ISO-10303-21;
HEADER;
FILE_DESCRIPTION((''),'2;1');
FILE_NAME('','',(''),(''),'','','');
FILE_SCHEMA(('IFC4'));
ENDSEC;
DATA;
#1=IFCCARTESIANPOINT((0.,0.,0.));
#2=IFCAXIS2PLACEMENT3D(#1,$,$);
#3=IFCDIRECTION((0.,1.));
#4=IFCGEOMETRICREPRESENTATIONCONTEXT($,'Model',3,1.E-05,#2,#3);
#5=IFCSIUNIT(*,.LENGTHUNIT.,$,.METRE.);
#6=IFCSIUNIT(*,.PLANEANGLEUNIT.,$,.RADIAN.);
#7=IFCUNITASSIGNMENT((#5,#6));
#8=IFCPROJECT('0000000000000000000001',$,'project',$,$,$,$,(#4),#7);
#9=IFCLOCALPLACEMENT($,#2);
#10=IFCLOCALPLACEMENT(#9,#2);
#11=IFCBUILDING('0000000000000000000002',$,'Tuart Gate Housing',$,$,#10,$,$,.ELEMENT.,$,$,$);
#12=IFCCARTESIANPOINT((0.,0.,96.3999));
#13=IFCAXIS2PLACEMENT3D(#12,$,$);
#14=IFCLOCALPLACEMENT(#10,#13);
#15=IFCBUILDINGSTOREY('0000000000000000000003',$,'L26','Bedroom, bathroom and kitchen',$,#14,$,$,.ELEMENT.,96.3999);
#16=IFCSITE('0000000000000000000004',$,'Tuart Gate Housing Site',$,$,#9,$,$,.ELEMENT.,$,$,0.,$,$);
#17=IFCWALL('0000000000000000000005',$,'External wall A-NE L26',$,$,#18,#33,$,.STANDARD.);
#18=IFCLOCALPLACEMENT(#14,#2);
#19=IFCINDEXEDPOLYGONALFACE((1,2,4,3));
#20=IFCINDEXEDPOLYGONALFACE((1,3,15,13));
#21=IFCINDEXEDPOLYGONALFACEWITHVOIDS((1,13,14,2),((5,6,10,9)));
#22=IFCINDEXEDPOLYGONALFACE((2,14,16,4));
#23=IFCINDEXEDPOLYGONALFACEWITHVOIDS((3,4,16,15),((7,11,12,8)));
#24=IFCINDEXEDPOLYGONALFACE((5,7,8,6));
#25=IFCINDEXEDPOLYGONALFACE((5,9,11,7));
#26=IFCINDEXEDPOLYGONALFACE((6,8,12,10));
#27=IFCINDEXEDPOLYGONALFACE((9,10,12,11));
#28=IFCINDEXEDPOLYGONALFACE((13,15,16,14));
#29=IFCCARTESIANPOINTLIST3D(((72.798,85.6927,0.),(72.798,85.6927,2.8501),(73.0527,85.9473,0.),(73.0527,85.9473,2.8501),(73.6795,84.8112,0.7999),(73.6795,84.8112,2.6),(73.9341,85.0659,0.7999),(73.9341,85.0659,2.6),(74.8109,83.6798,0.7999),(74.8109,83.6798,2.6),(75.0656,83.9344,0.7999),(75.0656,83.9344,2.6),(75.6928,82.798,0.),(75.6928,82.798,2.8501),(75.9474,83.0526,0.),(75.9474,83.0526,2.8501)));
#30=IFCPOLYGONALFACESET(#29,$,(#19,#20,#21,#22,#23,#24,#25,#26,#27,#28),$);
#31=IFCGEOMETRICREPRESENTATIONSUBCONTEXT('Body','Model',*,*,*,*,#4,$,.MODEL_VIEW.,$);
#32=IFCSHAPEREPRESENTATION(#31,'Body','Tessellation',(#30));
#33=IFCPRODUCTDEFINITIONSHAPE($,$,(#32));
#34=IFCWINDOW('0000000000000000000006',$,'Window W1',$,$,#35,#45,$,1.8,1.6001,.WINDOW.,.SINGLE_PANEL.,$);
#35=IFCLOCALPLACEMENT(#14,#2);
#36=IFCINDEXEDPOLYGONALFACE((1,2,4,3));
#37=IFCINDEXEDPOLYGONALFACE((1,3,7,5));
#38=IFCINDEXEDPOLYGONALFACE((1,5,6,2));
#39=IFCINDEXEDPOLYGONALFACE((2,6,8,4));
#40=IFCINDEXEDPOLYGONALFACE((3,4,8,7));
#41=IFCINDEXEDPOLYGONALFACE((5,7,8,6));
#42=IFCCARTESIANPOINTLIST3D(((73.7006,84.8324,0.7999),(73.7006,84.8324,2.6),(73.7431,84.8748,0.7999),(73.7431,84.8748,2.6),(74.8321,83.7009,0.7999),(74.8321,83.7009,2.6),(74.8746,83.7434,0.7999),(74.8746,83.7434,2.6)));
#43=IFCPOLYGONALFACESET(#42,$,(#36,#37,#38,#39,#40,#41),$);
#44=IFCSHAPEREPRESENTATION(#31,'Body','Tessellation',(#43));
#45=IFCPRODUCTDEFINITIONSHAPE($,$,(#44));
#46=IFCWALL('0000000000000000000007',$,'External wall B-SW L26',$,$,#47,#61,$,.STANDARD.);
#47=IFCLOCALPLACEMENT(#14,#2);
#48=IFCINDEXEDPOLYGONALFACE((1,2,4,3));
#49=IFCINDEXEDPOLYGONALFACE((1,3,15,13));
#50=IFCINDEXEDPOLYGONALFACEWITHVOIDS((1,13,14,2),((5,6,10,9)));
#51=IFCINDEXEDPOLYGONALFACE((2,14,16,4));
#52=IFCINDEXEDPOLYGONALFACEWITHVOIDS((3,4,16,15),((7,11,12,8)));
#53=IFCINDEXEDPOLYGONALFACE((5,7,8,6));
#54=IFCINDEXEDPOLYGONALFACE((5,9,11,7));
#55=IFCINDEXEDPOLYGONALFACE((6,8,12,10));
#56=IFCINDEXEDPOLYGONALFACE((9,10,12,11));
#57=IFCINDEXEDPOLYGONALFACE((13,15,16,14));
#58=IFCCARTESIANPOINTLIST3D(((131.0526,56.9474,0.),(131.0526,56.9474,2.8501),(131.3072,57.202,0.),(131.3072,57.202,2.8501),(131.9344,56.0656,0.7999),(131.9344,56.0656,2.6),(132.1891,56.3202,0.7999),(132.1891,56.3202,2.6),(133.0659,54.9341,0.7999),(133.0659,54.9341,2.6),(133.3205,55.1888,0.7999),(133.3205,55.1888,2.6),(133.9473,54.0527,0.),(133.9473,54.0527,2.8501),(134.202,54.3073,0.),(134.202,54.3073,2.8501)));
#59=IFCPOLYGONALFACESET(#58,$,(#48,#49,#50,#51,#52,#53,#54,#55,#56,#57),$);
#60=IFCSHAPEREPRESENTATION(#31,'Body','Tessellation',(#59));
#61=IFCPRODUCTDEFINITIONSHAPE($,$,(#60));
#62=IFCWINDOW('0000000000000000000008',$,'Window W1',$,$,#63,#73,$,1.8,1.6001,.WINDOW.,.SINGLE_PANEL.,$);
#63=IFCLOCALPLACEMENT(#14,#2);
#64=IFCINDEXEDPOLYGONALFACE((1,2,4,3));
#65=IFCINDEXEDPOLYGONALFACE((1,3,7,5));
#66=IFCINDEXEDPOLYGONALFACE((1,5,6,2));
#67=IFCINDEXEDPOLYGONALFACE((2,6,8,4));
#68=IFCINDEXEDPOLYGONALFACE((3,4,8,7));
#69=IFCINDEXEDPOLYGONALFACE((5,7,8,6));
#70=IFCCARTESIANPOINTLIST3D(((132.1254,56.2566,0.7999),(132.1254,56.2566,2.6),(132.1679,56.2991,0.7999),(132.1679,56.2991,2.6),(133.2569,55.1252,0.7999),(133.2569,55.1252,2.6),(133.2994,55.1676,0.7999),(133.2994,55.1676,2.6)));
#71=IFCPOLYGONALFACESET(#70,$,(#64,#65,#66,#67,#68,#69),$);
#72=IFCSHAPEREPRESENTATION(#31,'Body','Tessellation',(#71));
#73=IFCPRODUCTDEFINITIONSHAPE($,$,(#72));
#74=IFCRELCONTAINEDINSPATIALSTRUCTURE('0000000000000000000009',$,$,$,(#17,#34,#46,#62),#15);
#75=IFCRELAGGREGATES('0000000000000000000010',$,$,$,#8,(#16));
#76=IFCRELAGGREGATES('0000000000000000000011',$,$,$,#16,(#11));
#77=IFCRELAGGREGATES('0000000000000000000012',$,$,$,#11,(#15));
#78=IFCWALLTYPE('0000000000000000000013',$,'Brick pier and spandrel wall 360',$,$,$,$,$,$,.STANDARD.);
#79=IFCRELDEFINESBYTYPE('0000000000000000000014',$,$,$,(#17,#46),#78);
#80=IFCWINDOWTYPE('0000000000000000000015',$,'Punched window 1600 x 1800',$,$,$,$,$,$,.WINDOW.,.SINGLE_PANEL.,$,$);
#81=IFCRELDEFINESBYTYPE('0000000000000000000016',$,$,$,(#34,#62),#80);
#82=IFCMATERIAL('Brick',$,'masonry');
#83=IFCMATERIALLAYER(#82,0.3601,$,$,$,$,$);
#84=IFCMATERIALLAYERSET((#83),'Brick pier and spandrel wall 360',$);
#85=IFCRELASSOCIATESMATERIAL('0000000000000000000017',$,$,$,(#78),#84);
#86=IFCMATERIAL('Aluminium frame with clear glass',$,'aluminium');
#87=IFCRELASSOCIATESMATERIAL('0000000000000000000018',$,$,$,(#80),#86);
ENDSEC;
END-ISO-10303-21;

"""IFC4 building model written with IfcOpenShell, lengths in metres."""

from ifc_helpers import new_model, si_unit, direction, frame, frame_2d, origin, place, context, subcontext, project, spatial, rectangle, extrude, material, layer, layer_set, type_object, element, fill, save


model = new_model("IFC4")

# Units and contexts
model_context = context("Model", 3, precision=1e-05, world=origin(), true_north=direction((0.0, 1.0)))
body_context = subcontext(model_context, "Body", "Model", "MODEL_VIEW")
ifc_project = project(units=[si_unit("LENGTHUNIT", "METRE"), si_unit("PLANEANGLEUNIT", "RADIAN")], contexts=[model_context])

# Site, building, storey
site_placement = place(None, origin())
site = spatial("IfcSite", under=ifc_project, at=site_placement, Name="Tuart Gate Housing Site", CompositionType="ELEMENT", RefElevation=0.0)
building_placement = place(site_placement, origin())
building = spatial("IfcBuilding", under=site, at=building_placement, Name="Tuart Gate Housing", CompositionType="ELEMENT")
storey_placement = place(building_placement, frame((0.0, 0.0, 96.3999)))
storey = spatial("IfcBuildingStorey", under=building, at=storey_placement, Name="L26", Description="Bedroom, bathroom and kitchen", CompositionType="ELEMENT", Elevation=96.3999)

# Shared definitions
ifc_material_1 = material(Name="Brick", Category="masonry")
ifc_layer_1 = layer(ifc_material_1, 0.3601)
ifc_layer_set_1 = layer_set([ifc_layer_1], Name="Brick pier and spandrel wall 360")
wall_type_1 = type_object("IfcWallType", Name="Brick pier and spandrel wall 360", PredefinedType="STANDARD", material=ifc_layer_set_1)
ifc_material_2 = material(Name="Aluminium frame with clear glass", Category="aluminium")
window_type_1 = type_object("IfcWindowType", Name="Punched window 1600 x 1800", PartitioningType="SINGLE_PANEL", PredefinedType="WINDOW", material=ifc_material_2)

# Walls, openings, windows
wall_1_placement = place(storey_placement, frame((75.8201, 82.9253, 0.0), z_axis=(0.0, 0.0, 1.0), x_axis=(-0.707107, 0.707107, 0.0)))
wall_1 = element("IfcWall", 1, at=wall_1_placement, inside=storey, type_object=wall_type_1, Name="External wall A-NE L26", PredefinedType="STANDARD", context=body_context, shape_type="SweptSolid", body=[
    extrude(rectangle(XDim=4.0938, YDim=0.3601, at=frame_2d((2.0469, 0.0))), origin(), (0.0, 0.0, 1.0), 2.8501),
])
opening_1_placement = place(wall_1_placement, frame((1.2471, 0.0, 0.8)))
opening_1 = element("IfcOpeningElement", 2, at=opening_1_placement, cuts=wall_1, PredefinedType="OPENING", context=body_context, shape_type="SweptSolid", body=[
    extrude(rectangle(XDim=1.6001, YDim=1.8, at=frame_2d((0.8, 0.8999))), frame((0.0, 0.1899, 0.0), z_axis=(0.0, -1.0, 0.0), x_axis=(1.0, 0.0, 0.0)), (0.0, 0.0, 1.0), 0.3801),
])
window_1_placement = place(opening_1_placement, origin())
window_1 = element("IfcWindow", 3, at=window_1_placement, inside=storey, type_object=window_type_1, Name="Window W1", OverallHeight=1.8, OverallWidth=1.6001, PartitioningType="SINGLE_PANEL", PredefinedType="WINDOW", context=body_context, shape_type="SweptSolid", body=[
    extrude(rectangle(XDim=1.6001, YDim=1.8, at=frame_2d((0.8, 0.8999))), frame((0.0, 0.1501, 0.0), z_axis=(0.0, -1.0, 0.0), x_axis=(1.0, 0.0, 0.0)), (0.0, 0.0, 1.0), 0.0601),
])
fill(opening_1, window_1)
wall_2_placement = place(storey_placement, frame((131.1799, 57.0747, 0.0), z_axis=(0.0, 0.0, 1.0), x_axis=(0.707107, -0.707107, 0.0)))
wall_2 = element("IfcWall", 4, at=wall_2_placement, inside=storey, type_object=wall_type_1, Name="External wall B-SW L26", PredefinedType="STANDARD", context=body_context, shape_type="SweptSolid", body=[
    extrude(rectangle(XDim=4.0938, YDim=0.3601, at=frame_2d((2.0469, 0.0))), origin(), (0.0, 0.0, 1.0), 2.8501),
])
opening_2_placement = place(wall_2_placement, frame((1.2471, 0.0, 0.8)))
opening_2 = element("IfcOpeningElement", 5, at=opening_2_placement, cuts=wall_2, PredefinedType="OPENING", context=body_context, shape_type="SweptSolid", body=[
    extrude(rectangle(XDim=1.6001, YDim=1.8, at=frame_2d((0.8, 0.8999))), frame((0.0, 0.1899, 0.0), z_axis=(0.0, -1.0, 0.0), x_axis=(1.0, 0.0, 0.0)), (0.0, 0.0, 1.0), 0.3801),
])
window_2_placement = place(opening_2_placement, origin())
window_2 = element("IfcWindow", 6, at=window_2_placement, inside=storey, type_object=window_type_1, Name="Window W1", OverallHeight=1.8, OverallWidth=1.6001, PartitioningType="SINGLE_PANEL", PredefinedType="WINDOW", context=body_context, shape_type="SweptSolid", body=[
    extrude(rectangle(XDim=1.6001, YDim=1.8, at=frame_2d((0.8, 0.8999))), frame((0.0, 0.1501, 0.0), z_axis=(0.0, -1.0, 0.0), x_axis=(1.0, 0.0, 0.0)), (0.0, 0.0, 1.0), 0.0601),
])
fill(opening_2, window_2)

save(model, "model.ifc")
